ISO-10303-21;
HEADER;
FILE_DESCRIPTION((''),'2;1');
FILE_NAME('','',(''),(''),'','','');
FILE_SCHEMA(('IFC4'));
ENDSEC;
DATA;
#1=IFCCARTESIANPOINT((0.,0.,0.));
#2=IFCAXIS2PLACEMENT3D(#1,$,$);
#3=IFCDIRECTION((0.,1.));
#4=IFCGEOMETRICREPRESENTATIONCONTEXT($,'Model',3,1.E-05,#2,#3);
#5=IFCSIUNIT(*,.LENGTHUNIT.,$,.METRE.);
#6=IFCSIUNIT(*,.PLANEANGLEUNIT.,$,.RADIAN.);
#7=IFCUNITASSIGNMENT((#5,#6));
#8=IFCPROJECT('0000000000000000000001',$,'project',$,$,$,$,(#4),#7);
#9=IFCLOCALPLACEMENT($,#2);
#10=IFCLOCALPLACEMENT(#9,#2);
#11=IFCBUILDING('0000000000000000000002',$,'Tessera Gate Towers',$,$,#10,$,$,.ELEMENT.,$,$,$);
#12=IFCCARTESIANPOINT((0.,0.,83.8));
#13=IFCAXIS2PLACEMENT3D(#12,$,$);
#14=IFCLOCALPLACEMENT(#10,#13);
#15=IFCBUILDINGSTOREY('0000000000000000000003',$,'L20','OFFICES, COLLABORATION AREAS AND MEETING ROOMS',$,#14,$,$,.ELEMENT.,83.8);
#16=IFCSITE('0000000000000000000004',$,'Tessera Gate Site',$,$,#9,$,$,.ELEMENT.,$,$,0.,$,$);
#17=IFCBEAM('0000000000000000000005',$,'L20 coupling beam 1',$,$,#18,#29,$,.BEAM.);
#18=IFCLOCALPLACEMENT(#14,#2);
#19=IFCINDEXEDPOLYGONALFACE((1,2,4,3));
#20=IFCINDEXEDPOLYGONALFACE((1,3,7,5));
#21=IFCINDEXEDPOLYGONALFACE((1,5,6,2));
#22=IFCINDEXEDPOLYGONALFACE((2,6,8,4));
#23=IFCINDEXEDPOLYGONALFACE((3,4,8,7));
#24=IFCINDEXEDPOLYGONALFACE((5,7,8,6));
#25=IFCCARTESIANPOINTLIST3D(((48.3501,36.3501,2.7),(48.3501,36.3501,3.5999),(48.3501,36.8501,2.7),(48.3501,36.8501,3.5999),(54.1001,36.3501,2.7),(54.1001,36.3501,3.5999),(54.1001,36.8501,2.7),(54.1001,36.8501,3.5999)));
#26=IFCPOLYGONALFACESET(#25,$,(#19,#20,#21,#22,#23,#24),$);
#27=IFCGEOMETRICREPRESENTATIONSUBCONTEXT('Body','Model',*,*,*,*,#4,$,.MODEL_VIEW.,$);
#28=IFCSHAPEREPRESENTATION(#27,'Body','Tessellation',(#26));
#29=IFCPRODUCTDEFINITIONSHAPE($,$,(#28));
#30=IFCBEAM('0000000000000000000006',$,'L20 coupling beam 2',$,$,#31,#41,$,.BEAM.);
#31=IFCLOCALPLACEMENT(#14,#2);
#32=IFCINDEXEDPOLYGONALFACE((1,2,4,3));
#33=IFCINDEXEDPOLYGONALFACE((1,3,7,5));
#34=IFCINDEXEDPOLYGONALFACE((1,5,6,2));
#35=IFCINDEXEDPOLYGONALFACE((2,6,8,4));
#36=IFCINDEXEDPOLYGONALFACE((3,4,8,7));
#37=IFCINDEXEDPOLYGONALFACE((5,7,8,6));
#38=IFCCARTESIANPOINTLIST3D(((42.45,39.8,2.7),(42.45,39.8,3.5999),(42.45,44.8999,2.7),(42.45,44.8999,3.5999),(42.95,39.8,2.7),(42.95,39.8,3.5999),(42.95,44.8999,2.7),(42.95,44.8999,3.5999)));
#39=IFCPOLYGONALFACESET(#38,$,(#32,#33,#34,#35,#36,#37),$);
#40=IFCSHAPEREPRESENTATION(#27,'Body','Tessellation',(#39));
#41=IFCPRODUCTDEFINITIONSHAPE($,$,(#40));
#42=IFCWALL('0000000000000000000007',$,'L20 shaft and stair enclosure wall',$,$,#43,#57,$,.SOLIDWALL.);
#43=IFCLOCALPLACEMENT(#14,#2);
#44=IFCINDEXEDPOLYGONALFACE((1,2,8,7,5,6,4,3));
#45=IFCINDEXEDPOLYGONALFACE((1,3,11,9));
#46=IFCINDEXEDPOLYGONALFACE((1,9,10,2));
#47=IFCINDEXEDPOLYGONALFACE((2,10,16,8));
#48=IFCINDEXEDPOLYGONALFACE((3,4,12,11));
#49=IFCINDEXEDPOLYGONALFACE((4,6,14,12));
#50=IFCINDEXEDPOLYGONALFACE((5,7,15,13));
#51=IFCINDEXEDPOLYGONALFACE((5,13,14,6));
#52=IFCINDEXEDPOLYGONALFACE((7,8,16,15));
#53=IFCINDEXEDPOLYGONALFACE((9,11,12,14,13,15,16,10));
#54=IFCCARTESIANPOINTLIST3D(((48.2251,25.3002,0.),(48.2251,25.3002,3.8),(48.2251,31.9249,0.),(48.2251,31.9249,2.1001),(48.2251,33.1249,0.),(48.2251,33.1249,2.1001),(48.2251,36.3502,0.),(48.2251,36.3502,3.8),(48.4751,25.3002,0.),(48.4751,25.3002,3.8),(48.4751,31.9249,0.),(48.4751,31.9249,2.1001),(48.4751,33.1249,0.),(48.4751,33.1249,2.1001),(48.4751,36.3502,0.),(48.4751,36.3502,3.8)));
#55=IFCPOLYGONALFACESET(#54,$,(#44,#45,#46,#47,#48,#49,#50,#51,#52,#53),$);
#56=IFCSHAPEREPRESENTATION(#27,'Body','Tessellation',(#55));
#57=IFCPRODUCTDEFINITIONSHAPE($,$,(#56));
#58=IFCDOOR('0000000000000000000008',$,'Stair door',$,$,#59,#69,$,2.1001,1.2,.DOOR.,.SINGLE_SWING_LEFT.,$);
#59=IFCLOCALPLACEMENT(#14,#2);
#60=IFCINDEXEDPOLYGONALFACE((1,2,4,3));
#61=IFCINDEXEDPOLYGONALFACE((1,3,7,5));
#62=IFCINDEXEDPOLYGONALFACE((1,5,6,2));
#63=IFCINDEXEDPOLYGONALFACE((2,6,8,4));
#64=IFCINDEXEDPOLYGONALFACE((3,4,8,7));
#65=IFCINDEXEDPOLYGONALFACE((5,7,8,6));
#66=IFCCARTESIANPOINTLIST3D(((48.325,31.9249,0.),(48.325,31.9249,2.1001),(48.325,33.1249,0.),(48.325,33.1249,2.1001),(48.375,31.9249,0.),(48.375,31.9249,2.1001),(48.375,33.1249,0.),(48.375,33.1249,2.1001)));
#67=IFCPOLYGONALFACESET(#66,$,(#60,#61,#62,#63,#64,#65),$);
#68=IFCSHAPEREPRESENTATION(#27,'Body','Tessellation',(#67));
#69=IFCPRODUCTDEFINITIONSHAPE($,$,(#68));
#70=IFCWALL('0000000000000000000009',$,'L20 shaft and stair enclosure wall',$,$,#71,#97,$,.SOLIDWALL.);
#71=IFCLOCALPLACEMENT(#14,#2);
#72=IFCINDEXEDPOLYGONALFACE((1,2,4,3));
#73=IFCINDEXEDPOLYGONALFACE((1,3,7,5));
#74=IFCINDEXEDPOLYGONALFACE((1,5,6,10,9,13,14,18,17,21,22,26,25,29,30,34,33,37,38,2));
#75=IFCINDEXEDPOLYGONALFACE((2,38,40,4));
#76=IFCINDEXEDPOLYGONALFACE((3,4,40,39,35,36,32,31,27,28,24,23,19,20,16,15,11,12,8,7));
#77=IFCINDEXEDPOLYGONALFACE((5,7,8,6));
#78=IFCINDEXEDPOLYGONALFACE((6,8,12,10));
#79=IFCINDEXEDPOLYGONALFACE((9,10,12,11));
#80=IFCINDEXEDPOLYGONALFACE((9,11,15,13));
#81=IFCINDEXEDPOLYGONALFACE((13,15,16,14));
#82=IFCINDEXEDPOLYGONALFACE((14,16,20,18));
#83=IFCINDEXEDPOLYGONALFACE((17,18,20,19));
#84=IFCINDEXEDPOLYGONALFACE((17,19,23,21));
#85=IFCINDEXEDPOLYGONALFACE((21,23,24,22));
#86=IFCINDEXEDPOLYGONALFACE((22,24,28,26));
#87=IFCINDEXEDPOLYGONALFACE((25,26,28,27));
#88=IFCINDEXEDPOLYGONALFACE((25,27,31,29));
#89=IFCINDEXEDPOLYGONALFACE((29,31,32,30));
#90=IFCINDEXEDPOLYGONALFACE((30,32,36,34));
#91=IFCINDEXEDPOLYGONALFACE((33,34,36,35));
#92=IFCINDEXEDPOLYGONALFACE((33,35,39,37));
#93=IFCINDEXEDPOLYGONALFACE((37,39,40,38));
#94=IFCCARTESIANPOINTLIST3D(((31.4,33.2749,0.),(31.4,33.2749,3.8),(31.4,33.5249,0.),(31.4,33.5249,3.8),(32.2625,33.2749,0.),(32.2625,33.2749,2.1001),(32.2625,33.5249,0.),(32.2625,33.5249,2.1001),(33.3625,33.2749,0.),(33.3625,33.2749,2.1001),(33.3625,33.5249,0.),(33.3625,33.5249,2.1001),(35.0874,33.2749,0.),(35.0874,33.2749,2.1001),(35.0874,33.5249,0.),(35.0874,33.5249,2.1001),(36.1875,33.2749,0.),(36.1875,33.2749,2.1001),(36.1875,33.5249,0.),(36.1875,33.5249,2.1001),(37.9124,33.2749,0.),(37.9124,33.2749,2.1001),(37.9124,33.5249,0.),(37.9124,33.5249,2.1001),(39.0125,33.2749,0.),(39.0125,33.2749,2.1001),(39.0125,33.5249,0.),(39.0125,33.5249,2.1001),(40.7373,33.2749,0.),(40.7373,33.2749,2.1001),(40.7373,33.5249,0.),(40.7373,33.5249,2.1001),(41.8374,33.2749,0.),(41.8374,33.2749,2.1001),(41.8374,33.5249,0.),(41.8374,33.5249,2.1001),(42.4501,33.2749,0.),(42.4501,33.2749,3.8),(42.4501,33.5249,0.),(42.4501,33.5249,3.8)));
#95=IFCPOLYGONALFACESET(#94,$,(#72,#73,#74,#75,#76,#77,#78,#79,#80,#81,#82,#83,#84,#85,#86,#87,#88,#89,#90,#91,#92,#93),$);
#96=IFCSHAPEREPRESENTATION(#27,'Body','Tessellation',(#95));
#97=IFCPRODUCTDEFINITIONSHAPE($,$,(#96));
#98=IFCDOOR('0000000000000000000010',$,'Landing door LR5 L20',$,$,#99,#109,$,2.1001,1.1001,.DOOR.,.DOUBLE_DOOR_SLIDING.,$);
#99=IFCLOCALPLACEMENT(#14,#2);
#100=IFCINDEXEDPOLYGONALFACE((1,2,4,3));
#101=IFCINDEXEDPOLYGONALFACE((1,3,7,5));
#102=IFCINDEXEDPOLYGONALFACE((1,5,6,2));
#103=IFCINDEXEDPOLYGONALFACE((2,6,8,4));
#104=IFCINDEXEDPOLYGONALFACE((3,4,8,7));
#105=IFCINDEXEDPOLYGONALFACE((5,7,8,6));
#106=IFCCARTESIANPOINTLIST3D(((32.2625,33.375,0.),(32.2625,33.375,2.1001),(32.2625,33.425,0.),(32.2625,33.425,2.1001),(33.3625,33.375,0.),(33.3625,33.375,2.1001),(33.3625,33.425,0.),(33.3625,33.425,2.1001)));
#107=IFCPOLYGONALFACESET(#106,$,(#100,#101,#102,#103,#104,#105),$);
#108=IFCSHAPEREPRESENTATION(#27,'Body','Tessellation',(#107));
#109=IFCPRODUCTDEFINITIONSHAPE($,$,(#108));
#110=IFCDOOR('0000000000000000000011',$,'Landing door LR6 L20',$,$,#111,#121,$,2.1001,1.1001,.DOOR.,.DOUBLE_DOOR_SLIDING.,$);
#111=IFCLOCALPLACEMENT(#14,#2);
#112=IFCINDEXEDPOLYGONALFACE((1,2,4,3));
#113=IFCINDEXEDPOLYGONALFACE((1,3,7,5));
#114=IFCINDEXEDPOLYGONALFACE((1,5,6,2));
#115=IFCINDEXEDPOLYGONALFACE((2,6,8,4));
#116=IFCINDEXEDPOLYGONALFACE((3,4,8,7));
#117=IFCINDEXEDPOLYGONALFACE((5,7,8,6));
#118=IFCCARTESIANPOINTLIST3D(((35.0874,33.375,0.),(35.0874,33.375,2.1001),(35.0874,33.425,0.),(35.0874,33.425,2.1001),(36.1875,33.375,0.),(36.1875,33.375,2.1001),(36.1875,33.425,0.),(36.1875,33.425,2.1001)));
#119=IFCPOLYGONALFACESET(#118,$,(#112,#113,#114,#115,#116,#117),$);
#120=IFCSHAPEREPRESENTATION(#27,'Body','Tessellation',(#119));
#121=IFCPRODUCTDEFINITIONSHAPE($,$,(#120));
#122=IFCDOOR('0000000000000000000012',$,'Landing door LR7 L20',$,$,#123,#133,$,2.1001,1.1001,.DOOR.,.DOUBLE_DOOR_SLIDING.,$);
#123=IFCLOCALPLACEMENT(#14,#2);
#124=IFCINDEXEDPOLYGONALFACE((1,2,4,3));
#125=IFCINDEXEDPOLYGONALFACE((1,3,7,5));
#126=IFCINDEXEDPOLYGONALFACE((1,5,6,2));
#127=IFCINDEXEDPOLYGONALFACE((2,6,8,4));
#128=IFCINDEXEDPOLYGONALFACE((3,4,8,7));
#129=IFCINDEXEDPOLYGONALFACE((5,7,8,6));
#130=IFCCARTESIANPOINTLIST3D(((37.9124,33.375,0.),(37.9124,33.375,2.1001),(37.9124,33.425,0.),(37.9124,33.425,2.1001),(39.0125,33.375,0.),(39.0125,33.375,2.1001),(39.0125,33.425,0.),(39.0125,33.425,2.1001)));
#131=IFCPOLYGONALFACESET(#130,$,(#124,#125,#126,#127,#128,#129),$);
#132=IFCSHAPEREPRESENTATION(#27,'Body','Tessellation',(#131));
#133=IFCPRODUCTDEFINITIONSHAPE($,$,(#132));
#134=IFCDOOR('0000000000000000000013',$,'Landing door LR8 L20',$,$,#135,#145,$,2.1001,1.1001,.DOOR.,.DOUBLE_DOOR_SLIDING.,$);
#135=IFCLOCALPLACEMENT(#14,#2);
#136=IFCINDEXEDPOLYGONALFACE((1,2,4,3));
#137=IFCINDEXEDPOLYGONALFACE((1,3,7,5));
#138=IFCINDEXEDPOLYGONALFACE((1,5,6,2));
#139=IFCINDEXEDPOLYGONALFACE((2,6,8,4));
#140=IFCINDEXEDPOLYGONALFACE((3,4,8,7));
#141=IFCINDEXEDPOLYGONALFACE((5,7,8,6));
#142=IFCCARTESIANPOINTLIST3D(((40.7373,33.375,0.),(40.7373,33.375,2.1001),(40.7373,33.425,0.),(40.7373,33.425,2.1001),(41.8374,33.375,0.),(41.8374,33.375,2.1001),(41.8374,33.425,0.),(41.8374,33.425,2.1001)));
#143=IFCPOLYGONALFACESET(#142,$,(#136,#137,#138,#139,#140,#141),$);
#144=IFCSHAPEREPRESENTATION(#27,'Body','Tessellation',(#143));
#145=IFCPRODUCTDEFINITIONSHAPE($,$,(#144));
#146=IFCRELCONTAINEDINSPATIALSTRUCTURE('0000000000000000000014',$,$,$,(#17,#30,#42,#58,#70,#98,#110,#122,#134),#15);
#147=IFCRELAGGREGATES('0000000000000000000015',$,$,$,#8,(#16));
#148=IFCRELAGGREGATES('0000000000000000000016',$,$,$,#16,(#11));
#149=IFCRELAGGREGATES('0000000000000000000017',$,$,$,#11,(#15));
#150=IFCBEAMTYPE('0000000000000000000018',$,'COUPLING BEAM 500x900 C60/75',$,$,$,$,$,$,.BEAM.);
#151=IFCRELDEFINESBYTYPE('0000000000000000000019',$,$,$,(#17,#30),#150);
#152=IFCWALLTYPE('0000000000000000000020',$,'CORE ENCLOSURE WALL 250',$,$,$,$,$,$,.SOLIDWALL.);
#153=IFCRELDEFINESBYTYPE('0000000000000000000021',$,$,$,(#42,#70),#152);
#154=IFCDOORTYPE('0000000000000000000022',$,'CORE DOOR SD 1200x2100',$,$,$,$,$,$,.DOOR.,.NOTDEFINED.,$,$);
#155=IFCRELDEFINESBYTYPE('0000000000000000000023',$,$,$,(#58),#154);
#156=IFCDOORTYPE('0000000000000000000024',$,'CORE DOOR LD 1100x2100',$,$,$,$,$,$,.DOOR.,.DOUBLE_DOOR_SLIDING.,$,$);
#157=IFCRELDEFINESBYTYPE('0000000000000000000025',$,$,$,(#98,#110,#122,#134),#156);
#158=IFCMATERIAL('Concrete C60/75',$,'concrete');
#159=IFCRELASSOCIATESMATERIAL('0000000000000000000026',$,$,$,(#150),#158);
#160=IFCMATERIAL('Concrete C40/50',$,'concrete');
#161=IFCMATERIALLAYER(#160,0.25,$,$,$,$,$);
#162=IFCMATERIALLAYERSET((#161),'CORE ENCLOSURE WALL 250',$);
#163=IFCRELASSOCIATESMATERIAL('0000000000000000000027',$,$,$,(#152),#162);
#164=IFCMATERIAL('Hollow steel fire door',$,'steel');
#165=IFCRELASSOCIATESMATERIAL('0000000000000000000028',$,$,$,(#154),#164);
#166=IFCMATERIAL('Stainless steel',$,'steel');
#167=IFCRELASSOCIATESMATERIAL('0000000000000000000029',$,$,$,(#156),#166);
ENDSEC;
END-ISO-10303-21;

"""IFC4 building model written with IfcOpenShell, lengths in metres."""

from ifc_helpers import new_model, si_unit, direction, frame, frame_2d, origin, origin_2d, place, context, subcontext, project, spatial, rectangle, extrude, source, transform, mapped, material, layer, layer_set, material_profile, profile_set, type_object, element, fill, save


model = new_model("IFC4")

# Units and contexts
model_context = context("Model", 3, precision=1e-05, world=origin(), true_north=direction((0.0, 1.0)))
body_context = subcontext(model_context, "Body", "Model", "MODEL_VIEW")
ifc_project = project(units=[si_unit("LENGTHUNIT", "METRE"), si_unit("PLANEANGLEUNIT", "RADIAN")], contexts=[model_context])

# Site, building, storey
site_placement = place(None, origin())
site = spatial("IfcSite", under=ifc_project, at=site_placement, Name="Tessera Gate Site", CompositionType="ELEMENT", RefElevation=0.0)
building_placement = place(site_placement, origin())
building = spatial("IfcBuilding", under=site, at=building_placement, Name="Tessera Gate Towers", CompositionType="ELEMENT")
storey_placement = place(building_placement, frame((0.0, 0.0, 83.8)))
storey = spatial("IfcBuildingStorey", under=building, at=storey_placement, Name="L20", Description="OFFICES, COLLABORATION AREAS AND MEETING ROOMS", CompositionType="ELEMENT", Elevation=83.8)

# Beams
ifc_material_1 = material(Name="Concrete C60/75", Category="concrete")
ifc_material_profile = material_profile(ifc_material_1, rectangle(XDim=0.5, YDim=0.8999, at=origin_2d()), Name="RC 500x900")
ifc_profile_set = profile_set([ifc_material_profile], Name="Concrete C60/75")
beam_type = type_object("IfcBeamType", Name="COUPLING BEAM 500x900 C60/75", PredefinedType="BEAM", material=ifc_profile_set)
beam_1_placement = place(storey_placement, frame((48.3501, 36.6001, 3.1499), z_axis=(1.0, 0.0, 0.0), x_axis=(0.0, 1.0, 0.0)))
element("IfcBeam", 1, at=beam_1_placement, inside=storey, type_object=beam_type, Name="L20 coupling beam 1", PredefinedType="BEAM", context=body_context, shape_type="SweptSolid", body=[
    extrude(rectangle(XDim=0.5, YDim=0.8999, at=origin_2d()), origin(), (0.0, 0.0, 1.0), 5.75),
])
beam_2_placement = place(storey_placement, frame((42.7, 39.8, 3.1499), z_axis=(0.0, 1.0, 0.0), x_axis=(-1.0, 0.0, 0.0)))
element("IfcBeam", 2, at=beam_2_placement, inside=storey, type_object=beam_type, Name="L20 coupling beam 2", PredefinedType="BEAM", context=body_context, shape_type="SweptSolid", body=[
    extrude(rectangle(XDim=0.5, YDim=0.8999, at=origin_2d()), origin(), (0.0, 0.0, 1.0), 5.0999),
])

# Wall, opening, door
ifc_material_2 = material(Name="Concrete C40/50", Category="concrete")
ifc_layer_1 = layer(ifc_material_2, 0.25)
ifc_layer_set_1 = layer_set([ifc_layer_1], Name="CORE ENCLOSURE WALL 250")
wall_type_1 = type_object("IfcWallType", Name="CORE ENCLOSURE WALL 250", PredefinedType="SOLIDWALL", material=ifc_layer_set_1)
wall_1_placement = place(storey_placement, frame((48.3501, 36.3501, 0.0), z_axis=(0.0, 0.0, 1.0), x_axis=(0.0, -1.0, 0.0)))
wall_1 = element("IfcWall", 3, at=wall_1_placement, inside=storey, type_object=wall_type_1, Name="L20 shaft and stair enclosure wall", PredefinedType="SOLIDWALL", context=body_context, shape_type="SweptSolid", body=[
    extrude(rectangle(XDim=11.05, YDim=0.25, at=frame_2d((5.5249, 0.0))), origin(), (0.0, 0.0, 1.0), 3.8),
])
shared_shape_1 = source(origin(), body_context, "Body", "SweptSolid", [
    extrude(rectangle(XDim=1.2, YDim=2.1001, at=frame_2d((0.6001, 1.05))), frame((0.0, 0.135, 0.0), z_axis=(0.0, -1.0, 0.0), x_axis=(1.0, 0.0, 0.0)), (0.0, 0.0, 1.0), 0.27),
])
opening_1_placement = place(wall_1_placement, frame((3.2251, 0.0, 0.0)))
opening_1 = element("IfcOpeningElement", 4, at=opening_1_placement, cuts=wall_1, PredefinedType="OPENING", context=body_context, shape_type="MappedRepresentation", body=[
    mapped(shared_shape_1, transform((0.0, 0.0, 0.0), scale=1.0)),
])
ifc_material_3 = material(Name="Hollow steel fire door", Category="steel")
door_type_1 = type_object("IfcDoorType", Name="CORE DOOR SD 1200x2100", OperationType="NOTDEFINED", PredefinedType="DOOR", material=ifc_material_3)
shared_shape_2 = source(origin(), body_context, "Body", "SweptSolid", [
    extrude(rectangle(XDim=1.2, YDim=2.1001, at=frame_2d((0.6001, 1.05))), frame((0.0, 0.0249, 0.0), z_axis=(0.0, -1.0, 0.0), x_axis=(1.0, 0.0, 0.0)), (0.0, 0.0, 1.0), 0.05),
])
door_1_placement = place(opening_1_placement, origin())
door_1 = element("IfcDoor", 5, at=door_1_placement, inside=storey, type_object=door_type_1, Name="Stair door", OperationType="SINGLE_SWING_LEFT", OverallHeight=2.1001, OverallWidth=1.2, PredefinedType="DOOR", context=body_context, shape_type="MappedRepresentation", body=[
    mapped(shared_shape_2, transform((0.0, 0.0, 0.0), scale=1.0)),
])
fill(opening_1, door_1)

# Wall, openings, doors
wall_2_placement = place(storey_placement, frame((42.45, 33.3999, 0.0), z_axis=(0.0, 0.0, 1.0), x_axis=(-1.0, 0.0, 0.0)))
wall_2 = element("IfcWall", 6, at=wall_2_placement, inside=storey, type_object=wall_type_1, Name="L20 shaft and stair enclosure wall", PredefinedType="SOLIDWALL", context=body_context, shape_type="SweptSolid", body=[
    extrude(rectangle(XDim=11.05, YDim=0.25, at=frame_2d((5.5249, 0.0))), origin(), (0.0, 0.0, 1.0), 3.8),
])
shared_shape_3 = source(origin(), body_context, "Body", "SweptSolid", [
    extrude(rectangle(XDim=1.1001, YDim=2.1001, at=frame_2d((0.55, 1.05))), frame((0.0, 0.135, 0.0), z_axis=(0.0, -1.0, 0.0), x_axis=(1.0, 0.0, 0.0)), (0.0, 0.0, 1.0), 0.27),
])
opening_2_placement = place(wall_2_placement, frame((9.0874, 0.0, 0.0)))
opening_2 = element("IfcOpeningElement", 7, at=opening_2_placement, cuts=wall_2, PredefinedType="OPENING", context=body_context, shape_type="MappedRepresentation", body=[
    mapped(shared_shape_3, transform((0.0, 0.0, 0.0), scale=1.0)),
])
opening_3_placement = place(wall_2_placement, frame((6.2625, 0.0, 0.0)))
opening_3 = element("IfcOpeningElement", 8, at=opening_3_placement, cuts=wall_2, PredefinedType="OPENING", context=body_context, shape_type="MappedRepresentation", body=[
    mapped(shared_shape_3, transform((0.0, 0.0, 0.0), scale=1.0)),
])
opening_4_placement = place(wall_2_placement, frame((3.4375, 0.0, 0.0)))
opening_4 = element("IfcOpeningElement", 9, at=opening_4_placement, cuts=wall_2, PredefinedType="OPENING", context=body_context, shape_type="MappedRepresentation", body=[
    mapped(shared_shape_3, transform((0.0, 0.0, 0.0), scale=1.0)),
])
opening_5_placement = place(wall_2_placement, frame((0.6125, 0.0, 0.0)))
opening_5 = element("IfcOpeningElement", 10, at=opening_5_placement, cuts=wall_2, PredefinedType="OPENING", context=body_context, shape_type="MappedRepresentation", body=[
    mapped(shared_shape_3, transform((0.0, 0.0, 0.0), scale=1.0)),
])
ifc_material_4 = material(Name="Stainless steel", Category="steel")
door_type_2 = type_object("IfcDoorType", Name="CORE DOOR LD 1100x2100", OperationType="DOUBLE_DOOR_SLIDING", PredefinedType="DOOR", material=ifc_material_4)
shared_shape_4 = source(origin(), body_context, "Body", "SweptSolid", [
    extrude(rectangle(XDim=1.1001, YDim=2.1001, at=frame_2d((0.55, 1.05))), frame((0.0, 0.0249, 0.0), z_axis=(0.0, -1.0, 0.0), x_axis=(1.0, 0.0, 0.0)), (0.0, 0.0, 1.0), 0.05),
])
door_2_placement = place(opening_2_placement, origin())
door_2 = element("IfcDoor", 11, at=door_2_placement, inside=storey, type_object=door_type_2, Name="Landing door LR5 L20", OperationType="DOUBLE_DOOR_SLIDING", OverallHeight=2.1001, OverallWidth=1.1001, PredefinedType="DOOR", context=body_context, shape_type="MappedRepresentation", body=[
    mapped(shared_shape_4, transform((0.0, 0.0, 0.0), scale=1.0)),
])
fill(opening_2, door_2)
door_3_placement = place(opening_3_placement, origin())
door_3 = element("IfcDoor", 12, at=door_3_placement, inside=storey, type_object=door_type_2, Name="Landing door LR6 L20", OperationType="DOUBLE_DOOR_SLIDING", OverallHeight=2.1001, OverallWidth=1.1001, PredefinedType="DOOR", context=body_context, shape_type="MappedRepresentation", body=[
    mapped(shared_shape_4, transform((0.0, 0.0, 0.0), scale=1.0)),
])
fill(opening_3, door_3)
door_4_placement = place(opening_4_placement, origin())
door_4 = element("IfcDoor", 13, at=door_4_placement, inside=storey, type_object=door_type_2, Name="Landing door LR7 L20", OperationType="DOUBLE_DOOR_SLIDING", OverallHeight=2.1001, OverallWidth=1.1001, PredefinedType="DOOR", context=body_context, shape_type="MappedRepresentation", body=[
    mapped(shared_shape_4, transform((0.0, 0.0, 0.0), scale=1.0)),
])
fill(opening_4, door_4)
door_5_placement = place(opening_5_placement, origin())
door_5 = element("IfcDoor", 14, at=door_5_placement, inside=storey, type_object=door_type_2, Name="Landing door LR8 L20", OperationType="DOUBLE_DOOR_SLIDING", OverallHeight=2.1001, OverallWidth=1.1001, PredefinedType="DOOR", context=body_context, shape_type="MappedRepresentation", body=[
    mapped(shared_shape_4, transform((0.0, 0.0, 0.0), scale=1.0)),
])
fill(opening_5, door_5)

save(model, "model.ifc")
